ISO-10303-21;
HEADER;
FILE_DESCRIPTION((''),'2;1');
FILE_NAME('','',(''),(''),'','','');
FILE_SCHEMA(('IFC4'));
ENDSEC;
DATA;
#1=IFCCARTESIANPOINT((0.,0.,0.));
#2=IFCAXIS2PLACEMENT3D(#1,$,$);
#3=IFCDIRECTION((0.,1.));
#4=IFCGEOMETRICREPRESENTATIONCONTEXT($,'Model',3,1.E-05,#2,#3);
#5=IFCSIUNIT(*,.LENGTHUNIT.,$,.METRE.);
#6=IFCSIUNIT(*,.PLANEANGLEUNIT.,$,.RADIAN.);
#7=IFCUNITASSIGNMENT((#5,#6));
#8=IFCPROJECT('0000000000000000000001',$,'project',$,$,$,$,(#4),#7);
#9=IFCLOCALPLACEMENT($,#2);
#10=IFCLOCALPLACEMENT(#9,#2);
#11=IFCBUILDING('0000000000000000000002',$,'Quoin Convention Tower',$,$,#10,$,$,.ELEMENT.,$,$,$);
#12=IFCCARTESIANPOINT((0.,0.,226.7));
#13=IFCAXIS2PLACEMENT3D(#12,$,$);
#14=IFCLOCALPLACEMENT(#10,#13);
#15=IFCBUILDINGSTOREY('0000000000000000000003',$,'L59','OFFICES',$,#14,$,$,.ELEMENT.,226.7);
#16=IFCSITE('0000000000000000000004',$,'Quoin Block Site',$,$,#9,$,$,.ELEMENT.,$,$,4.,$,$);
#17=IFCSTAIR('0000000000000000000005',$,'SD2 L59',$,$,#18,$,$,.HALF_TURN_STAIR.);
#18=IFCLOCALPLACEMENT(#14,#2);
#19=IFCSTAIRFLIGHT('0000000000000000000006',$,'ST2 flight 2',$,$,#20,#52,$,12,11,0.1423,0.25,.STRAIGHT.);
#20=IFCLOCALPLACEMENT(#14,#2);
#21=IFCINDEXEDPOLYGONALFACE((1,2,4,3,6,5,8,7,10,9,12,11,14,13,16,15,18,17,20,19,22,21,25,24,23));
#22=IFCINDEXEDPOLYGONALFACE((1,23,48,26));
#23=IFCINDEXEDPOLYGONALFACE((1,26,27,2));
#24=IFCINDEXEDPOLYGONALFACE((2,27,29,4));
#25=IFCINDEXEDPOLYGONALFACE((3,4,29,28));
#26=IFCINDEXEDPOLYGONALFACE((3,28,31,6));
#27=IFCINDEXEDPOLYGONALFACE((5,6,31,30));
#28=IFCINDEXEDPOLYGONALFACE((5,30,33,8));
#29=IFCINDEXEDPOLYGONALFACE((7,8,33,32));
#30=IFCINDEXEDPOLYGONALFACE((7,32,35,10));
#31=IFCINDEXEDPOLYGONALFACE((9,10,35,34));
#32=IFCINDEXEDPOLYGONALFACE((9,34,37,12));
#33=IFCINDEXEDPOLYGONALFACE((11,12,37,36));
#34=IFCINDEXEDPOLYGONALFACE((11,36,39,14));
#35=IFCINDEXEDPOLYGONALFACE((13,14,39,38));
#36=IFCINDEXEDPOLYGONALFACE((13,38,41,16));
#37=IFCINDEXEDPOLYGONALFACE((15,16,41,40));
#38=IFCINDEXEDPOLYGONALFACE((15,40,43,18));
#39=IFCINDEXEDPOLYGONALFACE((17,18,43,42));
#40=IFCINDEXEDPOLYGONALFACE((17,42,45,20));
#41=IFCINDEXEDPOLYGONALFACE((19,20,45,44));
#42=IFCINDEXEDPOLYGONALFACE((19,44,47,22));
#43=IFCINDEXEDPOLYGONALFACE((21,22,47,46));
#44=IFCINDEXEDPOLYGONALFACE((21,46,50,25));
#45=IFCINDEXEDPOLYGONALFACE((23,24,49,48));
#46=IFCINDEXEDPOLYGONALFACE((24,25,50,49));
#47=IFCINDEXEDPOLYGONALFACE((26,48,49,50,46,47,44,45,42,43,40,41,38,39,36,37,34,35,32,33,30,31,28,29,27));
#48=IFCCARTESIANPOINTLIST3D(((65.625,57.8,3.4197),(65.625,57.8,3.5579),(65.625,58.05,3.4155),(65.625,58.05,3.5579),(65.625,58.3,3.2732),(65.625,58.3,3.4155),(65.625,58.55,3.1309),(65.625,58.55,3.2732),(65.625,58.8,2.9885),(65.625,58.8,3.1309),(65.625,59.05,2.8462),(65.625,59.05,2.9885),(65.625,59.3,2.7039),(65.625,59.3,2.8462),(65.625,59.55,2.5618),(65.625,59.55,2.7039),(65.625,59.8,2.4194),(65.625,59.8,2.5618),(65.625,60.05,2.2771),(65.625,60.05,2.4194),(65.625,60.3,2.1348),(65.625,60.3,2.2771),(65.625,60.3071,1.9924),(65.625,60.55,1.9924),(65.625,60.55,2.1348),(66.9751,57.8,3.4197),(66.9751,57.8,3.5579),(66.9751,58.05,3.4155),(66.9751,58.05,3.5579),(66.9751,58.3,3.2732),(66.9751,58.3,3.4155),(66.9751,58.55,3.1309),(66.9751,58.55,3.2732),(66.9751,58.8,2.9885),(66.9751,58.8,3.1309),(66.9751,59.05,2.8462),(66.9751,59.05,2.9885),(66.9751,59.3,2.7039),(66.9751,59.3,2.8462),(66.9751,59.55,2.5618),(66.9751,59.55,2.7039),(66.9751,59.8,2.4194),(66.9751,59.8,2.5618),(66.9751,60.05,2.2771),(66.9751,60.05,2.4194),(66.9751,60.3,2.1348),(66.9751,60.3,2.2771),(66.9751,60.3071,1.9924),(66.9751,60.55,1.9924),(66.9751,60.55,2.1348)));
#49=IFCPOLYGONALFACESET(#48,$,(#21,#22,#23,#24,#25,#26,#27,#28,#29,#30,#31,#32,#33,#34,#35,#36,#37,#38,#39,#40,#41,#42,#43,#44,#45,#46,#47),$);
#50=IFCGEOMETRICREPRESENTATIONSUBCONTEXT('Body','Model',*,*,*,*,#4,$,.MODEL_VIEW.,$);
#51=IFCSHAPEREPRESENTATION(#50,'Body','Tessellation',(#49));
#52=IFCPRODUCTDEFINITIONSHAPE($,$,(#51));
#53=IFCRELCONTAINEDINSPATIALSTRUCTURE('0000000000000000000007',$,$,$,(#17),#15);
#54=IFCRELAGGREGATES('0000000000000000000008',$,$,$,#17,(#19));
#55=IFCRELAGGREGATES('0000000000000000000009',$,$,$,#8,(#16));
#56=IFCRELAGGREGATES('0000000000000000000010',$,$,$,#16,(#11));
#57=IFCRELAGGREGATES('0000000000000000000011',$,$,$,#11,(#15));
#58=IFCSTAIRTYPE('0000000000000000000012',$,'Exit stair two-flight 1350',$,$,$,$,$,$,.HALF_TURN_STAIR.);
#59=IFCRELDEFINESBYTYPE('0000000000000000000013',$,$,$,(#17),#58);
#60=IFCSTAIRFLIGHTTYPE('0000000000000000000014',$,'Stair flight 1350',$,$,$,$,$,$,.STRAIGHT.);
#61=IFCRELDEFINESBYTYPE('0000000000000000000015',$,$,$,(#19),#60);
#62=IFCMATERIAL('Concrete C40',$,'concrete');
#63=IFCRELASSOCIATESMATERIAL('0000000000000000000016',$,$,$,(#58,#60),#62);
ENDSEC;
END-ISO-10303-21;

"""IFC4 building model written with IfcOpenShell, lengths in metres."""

from ifc_helpers import new_model, si_unit, direction, frame, origin, place, context, subcontext, project, spatial, polyline, outline, extrude, material, type_object, element, aggregate, save


model = new_model("IFC4")

# Units and contexts
model_context = context("Model", 3, precision=1e-05, world=origin(), true_north=direction((0.0, 1.0)))
body_context = subcontext(model_context, "Body", "Model", "MODEL_VIEW")
ifc_project = project(units=[si_unit("LENGTHUNIT", "METRE"), si_unit("PLANEANGLEUNIT", "RADIAN")], contexts=[model_context])

# Site, building, storey
site_placement = place(None, origin())
site = spatial("IfcSite", under=ifc_project, at=site_placement, Name="Quoin Block Site", CompositionType="ELEMENT", RefElevation=4.0)
building_placement = place(site_placement, origin())
building = spatial("IfcBuilding", under=site, at=building_placement, Name="Quoin Convention Tower", CompositionType="ELEMENT")
storey_placement = place(building_placement, frame((0.0, 0.0, 226.7)))
storey = spatial("IfcBuildingStorey", under=building, at=storey_placement, Name="L59", Description="OFFICES", CompositionType="ELEMENT", Elevation=226.7)

# Stair, stair flight
ifc_material_1 = material(Name="Concrete C40", Category="concrete")
stair_type = type_object("IfcStairType", Name="Exit stair two-flight 1350", PredefinedType="HALF_TURN_STAIR", material=ifc_material_1)
stair_placement = place(storey_placement, origin())
stair = element("IfcStair", 1, at=stair_placement, inside=storey, type_object=stair_type, Name="SD2 L59", PredefinedType="HALF_TURN_STAIR")
stair_flight_type = type_object("IfcStairFlightType", Name="Stair flight 1350", PredefinedType="STRAIGHT", material=ifc_material_1)
stair_flight_placement = place(storey_placement, frame((66.3, 60.55, 1.9924), z_axis=(0.0, 0.0, 1.0), x_axis=(0.0, -1.0, 0.0)))
stair_flight = element("IfcStairFlight", 2, at=stair_flight_placement, type_object=stair_flight_type, Name="ST2 flight 2", NumberOfRisers=12, NumberOfTreads=11, PredefinedType="STRAIGHT", RiserHeight=0.1423, TreadLength=0.25, context=body_context, shape_type="SweptSolid", body=[
    extrude(outline(polyline([(0.0, 0.0), (0.0, 0.1423), (0.25, 0.1423), (0.25, 0.2847), (0.5, 0.2847), (0.5, 0.427), (0.75, 0.427), (0.75, 0.5693), (1.0, 0.5693), (1.0, 0.7114), (1.25, 0.7114), (1.25, 0.8538), (1.5, 0.8538), (1.5, 0.9961), (1.75, 0.9961), (1.75, 1.1384), (2.0, 1.1384), (2.0, 1.2808), (2.25, 1.2808), (2.25, 1.4231), (2.5, 1.4231), (2.5, 1.5654), (2.75, 1.5654), (2.75, 1.7078), (2.75, 1.4272), (0.2429, 0.0), (0.0, 0.0)])), frame((0.0, 0.675, 0.0), z_axis=(0.0, -1.0, 0.0), x_axis=(1.0, 0.0, 0.0)), (0.0, 0.0, 1.0), 1.3501),
])
aggregate(stair, [stair_flight])

save(model, "model.ifc")
